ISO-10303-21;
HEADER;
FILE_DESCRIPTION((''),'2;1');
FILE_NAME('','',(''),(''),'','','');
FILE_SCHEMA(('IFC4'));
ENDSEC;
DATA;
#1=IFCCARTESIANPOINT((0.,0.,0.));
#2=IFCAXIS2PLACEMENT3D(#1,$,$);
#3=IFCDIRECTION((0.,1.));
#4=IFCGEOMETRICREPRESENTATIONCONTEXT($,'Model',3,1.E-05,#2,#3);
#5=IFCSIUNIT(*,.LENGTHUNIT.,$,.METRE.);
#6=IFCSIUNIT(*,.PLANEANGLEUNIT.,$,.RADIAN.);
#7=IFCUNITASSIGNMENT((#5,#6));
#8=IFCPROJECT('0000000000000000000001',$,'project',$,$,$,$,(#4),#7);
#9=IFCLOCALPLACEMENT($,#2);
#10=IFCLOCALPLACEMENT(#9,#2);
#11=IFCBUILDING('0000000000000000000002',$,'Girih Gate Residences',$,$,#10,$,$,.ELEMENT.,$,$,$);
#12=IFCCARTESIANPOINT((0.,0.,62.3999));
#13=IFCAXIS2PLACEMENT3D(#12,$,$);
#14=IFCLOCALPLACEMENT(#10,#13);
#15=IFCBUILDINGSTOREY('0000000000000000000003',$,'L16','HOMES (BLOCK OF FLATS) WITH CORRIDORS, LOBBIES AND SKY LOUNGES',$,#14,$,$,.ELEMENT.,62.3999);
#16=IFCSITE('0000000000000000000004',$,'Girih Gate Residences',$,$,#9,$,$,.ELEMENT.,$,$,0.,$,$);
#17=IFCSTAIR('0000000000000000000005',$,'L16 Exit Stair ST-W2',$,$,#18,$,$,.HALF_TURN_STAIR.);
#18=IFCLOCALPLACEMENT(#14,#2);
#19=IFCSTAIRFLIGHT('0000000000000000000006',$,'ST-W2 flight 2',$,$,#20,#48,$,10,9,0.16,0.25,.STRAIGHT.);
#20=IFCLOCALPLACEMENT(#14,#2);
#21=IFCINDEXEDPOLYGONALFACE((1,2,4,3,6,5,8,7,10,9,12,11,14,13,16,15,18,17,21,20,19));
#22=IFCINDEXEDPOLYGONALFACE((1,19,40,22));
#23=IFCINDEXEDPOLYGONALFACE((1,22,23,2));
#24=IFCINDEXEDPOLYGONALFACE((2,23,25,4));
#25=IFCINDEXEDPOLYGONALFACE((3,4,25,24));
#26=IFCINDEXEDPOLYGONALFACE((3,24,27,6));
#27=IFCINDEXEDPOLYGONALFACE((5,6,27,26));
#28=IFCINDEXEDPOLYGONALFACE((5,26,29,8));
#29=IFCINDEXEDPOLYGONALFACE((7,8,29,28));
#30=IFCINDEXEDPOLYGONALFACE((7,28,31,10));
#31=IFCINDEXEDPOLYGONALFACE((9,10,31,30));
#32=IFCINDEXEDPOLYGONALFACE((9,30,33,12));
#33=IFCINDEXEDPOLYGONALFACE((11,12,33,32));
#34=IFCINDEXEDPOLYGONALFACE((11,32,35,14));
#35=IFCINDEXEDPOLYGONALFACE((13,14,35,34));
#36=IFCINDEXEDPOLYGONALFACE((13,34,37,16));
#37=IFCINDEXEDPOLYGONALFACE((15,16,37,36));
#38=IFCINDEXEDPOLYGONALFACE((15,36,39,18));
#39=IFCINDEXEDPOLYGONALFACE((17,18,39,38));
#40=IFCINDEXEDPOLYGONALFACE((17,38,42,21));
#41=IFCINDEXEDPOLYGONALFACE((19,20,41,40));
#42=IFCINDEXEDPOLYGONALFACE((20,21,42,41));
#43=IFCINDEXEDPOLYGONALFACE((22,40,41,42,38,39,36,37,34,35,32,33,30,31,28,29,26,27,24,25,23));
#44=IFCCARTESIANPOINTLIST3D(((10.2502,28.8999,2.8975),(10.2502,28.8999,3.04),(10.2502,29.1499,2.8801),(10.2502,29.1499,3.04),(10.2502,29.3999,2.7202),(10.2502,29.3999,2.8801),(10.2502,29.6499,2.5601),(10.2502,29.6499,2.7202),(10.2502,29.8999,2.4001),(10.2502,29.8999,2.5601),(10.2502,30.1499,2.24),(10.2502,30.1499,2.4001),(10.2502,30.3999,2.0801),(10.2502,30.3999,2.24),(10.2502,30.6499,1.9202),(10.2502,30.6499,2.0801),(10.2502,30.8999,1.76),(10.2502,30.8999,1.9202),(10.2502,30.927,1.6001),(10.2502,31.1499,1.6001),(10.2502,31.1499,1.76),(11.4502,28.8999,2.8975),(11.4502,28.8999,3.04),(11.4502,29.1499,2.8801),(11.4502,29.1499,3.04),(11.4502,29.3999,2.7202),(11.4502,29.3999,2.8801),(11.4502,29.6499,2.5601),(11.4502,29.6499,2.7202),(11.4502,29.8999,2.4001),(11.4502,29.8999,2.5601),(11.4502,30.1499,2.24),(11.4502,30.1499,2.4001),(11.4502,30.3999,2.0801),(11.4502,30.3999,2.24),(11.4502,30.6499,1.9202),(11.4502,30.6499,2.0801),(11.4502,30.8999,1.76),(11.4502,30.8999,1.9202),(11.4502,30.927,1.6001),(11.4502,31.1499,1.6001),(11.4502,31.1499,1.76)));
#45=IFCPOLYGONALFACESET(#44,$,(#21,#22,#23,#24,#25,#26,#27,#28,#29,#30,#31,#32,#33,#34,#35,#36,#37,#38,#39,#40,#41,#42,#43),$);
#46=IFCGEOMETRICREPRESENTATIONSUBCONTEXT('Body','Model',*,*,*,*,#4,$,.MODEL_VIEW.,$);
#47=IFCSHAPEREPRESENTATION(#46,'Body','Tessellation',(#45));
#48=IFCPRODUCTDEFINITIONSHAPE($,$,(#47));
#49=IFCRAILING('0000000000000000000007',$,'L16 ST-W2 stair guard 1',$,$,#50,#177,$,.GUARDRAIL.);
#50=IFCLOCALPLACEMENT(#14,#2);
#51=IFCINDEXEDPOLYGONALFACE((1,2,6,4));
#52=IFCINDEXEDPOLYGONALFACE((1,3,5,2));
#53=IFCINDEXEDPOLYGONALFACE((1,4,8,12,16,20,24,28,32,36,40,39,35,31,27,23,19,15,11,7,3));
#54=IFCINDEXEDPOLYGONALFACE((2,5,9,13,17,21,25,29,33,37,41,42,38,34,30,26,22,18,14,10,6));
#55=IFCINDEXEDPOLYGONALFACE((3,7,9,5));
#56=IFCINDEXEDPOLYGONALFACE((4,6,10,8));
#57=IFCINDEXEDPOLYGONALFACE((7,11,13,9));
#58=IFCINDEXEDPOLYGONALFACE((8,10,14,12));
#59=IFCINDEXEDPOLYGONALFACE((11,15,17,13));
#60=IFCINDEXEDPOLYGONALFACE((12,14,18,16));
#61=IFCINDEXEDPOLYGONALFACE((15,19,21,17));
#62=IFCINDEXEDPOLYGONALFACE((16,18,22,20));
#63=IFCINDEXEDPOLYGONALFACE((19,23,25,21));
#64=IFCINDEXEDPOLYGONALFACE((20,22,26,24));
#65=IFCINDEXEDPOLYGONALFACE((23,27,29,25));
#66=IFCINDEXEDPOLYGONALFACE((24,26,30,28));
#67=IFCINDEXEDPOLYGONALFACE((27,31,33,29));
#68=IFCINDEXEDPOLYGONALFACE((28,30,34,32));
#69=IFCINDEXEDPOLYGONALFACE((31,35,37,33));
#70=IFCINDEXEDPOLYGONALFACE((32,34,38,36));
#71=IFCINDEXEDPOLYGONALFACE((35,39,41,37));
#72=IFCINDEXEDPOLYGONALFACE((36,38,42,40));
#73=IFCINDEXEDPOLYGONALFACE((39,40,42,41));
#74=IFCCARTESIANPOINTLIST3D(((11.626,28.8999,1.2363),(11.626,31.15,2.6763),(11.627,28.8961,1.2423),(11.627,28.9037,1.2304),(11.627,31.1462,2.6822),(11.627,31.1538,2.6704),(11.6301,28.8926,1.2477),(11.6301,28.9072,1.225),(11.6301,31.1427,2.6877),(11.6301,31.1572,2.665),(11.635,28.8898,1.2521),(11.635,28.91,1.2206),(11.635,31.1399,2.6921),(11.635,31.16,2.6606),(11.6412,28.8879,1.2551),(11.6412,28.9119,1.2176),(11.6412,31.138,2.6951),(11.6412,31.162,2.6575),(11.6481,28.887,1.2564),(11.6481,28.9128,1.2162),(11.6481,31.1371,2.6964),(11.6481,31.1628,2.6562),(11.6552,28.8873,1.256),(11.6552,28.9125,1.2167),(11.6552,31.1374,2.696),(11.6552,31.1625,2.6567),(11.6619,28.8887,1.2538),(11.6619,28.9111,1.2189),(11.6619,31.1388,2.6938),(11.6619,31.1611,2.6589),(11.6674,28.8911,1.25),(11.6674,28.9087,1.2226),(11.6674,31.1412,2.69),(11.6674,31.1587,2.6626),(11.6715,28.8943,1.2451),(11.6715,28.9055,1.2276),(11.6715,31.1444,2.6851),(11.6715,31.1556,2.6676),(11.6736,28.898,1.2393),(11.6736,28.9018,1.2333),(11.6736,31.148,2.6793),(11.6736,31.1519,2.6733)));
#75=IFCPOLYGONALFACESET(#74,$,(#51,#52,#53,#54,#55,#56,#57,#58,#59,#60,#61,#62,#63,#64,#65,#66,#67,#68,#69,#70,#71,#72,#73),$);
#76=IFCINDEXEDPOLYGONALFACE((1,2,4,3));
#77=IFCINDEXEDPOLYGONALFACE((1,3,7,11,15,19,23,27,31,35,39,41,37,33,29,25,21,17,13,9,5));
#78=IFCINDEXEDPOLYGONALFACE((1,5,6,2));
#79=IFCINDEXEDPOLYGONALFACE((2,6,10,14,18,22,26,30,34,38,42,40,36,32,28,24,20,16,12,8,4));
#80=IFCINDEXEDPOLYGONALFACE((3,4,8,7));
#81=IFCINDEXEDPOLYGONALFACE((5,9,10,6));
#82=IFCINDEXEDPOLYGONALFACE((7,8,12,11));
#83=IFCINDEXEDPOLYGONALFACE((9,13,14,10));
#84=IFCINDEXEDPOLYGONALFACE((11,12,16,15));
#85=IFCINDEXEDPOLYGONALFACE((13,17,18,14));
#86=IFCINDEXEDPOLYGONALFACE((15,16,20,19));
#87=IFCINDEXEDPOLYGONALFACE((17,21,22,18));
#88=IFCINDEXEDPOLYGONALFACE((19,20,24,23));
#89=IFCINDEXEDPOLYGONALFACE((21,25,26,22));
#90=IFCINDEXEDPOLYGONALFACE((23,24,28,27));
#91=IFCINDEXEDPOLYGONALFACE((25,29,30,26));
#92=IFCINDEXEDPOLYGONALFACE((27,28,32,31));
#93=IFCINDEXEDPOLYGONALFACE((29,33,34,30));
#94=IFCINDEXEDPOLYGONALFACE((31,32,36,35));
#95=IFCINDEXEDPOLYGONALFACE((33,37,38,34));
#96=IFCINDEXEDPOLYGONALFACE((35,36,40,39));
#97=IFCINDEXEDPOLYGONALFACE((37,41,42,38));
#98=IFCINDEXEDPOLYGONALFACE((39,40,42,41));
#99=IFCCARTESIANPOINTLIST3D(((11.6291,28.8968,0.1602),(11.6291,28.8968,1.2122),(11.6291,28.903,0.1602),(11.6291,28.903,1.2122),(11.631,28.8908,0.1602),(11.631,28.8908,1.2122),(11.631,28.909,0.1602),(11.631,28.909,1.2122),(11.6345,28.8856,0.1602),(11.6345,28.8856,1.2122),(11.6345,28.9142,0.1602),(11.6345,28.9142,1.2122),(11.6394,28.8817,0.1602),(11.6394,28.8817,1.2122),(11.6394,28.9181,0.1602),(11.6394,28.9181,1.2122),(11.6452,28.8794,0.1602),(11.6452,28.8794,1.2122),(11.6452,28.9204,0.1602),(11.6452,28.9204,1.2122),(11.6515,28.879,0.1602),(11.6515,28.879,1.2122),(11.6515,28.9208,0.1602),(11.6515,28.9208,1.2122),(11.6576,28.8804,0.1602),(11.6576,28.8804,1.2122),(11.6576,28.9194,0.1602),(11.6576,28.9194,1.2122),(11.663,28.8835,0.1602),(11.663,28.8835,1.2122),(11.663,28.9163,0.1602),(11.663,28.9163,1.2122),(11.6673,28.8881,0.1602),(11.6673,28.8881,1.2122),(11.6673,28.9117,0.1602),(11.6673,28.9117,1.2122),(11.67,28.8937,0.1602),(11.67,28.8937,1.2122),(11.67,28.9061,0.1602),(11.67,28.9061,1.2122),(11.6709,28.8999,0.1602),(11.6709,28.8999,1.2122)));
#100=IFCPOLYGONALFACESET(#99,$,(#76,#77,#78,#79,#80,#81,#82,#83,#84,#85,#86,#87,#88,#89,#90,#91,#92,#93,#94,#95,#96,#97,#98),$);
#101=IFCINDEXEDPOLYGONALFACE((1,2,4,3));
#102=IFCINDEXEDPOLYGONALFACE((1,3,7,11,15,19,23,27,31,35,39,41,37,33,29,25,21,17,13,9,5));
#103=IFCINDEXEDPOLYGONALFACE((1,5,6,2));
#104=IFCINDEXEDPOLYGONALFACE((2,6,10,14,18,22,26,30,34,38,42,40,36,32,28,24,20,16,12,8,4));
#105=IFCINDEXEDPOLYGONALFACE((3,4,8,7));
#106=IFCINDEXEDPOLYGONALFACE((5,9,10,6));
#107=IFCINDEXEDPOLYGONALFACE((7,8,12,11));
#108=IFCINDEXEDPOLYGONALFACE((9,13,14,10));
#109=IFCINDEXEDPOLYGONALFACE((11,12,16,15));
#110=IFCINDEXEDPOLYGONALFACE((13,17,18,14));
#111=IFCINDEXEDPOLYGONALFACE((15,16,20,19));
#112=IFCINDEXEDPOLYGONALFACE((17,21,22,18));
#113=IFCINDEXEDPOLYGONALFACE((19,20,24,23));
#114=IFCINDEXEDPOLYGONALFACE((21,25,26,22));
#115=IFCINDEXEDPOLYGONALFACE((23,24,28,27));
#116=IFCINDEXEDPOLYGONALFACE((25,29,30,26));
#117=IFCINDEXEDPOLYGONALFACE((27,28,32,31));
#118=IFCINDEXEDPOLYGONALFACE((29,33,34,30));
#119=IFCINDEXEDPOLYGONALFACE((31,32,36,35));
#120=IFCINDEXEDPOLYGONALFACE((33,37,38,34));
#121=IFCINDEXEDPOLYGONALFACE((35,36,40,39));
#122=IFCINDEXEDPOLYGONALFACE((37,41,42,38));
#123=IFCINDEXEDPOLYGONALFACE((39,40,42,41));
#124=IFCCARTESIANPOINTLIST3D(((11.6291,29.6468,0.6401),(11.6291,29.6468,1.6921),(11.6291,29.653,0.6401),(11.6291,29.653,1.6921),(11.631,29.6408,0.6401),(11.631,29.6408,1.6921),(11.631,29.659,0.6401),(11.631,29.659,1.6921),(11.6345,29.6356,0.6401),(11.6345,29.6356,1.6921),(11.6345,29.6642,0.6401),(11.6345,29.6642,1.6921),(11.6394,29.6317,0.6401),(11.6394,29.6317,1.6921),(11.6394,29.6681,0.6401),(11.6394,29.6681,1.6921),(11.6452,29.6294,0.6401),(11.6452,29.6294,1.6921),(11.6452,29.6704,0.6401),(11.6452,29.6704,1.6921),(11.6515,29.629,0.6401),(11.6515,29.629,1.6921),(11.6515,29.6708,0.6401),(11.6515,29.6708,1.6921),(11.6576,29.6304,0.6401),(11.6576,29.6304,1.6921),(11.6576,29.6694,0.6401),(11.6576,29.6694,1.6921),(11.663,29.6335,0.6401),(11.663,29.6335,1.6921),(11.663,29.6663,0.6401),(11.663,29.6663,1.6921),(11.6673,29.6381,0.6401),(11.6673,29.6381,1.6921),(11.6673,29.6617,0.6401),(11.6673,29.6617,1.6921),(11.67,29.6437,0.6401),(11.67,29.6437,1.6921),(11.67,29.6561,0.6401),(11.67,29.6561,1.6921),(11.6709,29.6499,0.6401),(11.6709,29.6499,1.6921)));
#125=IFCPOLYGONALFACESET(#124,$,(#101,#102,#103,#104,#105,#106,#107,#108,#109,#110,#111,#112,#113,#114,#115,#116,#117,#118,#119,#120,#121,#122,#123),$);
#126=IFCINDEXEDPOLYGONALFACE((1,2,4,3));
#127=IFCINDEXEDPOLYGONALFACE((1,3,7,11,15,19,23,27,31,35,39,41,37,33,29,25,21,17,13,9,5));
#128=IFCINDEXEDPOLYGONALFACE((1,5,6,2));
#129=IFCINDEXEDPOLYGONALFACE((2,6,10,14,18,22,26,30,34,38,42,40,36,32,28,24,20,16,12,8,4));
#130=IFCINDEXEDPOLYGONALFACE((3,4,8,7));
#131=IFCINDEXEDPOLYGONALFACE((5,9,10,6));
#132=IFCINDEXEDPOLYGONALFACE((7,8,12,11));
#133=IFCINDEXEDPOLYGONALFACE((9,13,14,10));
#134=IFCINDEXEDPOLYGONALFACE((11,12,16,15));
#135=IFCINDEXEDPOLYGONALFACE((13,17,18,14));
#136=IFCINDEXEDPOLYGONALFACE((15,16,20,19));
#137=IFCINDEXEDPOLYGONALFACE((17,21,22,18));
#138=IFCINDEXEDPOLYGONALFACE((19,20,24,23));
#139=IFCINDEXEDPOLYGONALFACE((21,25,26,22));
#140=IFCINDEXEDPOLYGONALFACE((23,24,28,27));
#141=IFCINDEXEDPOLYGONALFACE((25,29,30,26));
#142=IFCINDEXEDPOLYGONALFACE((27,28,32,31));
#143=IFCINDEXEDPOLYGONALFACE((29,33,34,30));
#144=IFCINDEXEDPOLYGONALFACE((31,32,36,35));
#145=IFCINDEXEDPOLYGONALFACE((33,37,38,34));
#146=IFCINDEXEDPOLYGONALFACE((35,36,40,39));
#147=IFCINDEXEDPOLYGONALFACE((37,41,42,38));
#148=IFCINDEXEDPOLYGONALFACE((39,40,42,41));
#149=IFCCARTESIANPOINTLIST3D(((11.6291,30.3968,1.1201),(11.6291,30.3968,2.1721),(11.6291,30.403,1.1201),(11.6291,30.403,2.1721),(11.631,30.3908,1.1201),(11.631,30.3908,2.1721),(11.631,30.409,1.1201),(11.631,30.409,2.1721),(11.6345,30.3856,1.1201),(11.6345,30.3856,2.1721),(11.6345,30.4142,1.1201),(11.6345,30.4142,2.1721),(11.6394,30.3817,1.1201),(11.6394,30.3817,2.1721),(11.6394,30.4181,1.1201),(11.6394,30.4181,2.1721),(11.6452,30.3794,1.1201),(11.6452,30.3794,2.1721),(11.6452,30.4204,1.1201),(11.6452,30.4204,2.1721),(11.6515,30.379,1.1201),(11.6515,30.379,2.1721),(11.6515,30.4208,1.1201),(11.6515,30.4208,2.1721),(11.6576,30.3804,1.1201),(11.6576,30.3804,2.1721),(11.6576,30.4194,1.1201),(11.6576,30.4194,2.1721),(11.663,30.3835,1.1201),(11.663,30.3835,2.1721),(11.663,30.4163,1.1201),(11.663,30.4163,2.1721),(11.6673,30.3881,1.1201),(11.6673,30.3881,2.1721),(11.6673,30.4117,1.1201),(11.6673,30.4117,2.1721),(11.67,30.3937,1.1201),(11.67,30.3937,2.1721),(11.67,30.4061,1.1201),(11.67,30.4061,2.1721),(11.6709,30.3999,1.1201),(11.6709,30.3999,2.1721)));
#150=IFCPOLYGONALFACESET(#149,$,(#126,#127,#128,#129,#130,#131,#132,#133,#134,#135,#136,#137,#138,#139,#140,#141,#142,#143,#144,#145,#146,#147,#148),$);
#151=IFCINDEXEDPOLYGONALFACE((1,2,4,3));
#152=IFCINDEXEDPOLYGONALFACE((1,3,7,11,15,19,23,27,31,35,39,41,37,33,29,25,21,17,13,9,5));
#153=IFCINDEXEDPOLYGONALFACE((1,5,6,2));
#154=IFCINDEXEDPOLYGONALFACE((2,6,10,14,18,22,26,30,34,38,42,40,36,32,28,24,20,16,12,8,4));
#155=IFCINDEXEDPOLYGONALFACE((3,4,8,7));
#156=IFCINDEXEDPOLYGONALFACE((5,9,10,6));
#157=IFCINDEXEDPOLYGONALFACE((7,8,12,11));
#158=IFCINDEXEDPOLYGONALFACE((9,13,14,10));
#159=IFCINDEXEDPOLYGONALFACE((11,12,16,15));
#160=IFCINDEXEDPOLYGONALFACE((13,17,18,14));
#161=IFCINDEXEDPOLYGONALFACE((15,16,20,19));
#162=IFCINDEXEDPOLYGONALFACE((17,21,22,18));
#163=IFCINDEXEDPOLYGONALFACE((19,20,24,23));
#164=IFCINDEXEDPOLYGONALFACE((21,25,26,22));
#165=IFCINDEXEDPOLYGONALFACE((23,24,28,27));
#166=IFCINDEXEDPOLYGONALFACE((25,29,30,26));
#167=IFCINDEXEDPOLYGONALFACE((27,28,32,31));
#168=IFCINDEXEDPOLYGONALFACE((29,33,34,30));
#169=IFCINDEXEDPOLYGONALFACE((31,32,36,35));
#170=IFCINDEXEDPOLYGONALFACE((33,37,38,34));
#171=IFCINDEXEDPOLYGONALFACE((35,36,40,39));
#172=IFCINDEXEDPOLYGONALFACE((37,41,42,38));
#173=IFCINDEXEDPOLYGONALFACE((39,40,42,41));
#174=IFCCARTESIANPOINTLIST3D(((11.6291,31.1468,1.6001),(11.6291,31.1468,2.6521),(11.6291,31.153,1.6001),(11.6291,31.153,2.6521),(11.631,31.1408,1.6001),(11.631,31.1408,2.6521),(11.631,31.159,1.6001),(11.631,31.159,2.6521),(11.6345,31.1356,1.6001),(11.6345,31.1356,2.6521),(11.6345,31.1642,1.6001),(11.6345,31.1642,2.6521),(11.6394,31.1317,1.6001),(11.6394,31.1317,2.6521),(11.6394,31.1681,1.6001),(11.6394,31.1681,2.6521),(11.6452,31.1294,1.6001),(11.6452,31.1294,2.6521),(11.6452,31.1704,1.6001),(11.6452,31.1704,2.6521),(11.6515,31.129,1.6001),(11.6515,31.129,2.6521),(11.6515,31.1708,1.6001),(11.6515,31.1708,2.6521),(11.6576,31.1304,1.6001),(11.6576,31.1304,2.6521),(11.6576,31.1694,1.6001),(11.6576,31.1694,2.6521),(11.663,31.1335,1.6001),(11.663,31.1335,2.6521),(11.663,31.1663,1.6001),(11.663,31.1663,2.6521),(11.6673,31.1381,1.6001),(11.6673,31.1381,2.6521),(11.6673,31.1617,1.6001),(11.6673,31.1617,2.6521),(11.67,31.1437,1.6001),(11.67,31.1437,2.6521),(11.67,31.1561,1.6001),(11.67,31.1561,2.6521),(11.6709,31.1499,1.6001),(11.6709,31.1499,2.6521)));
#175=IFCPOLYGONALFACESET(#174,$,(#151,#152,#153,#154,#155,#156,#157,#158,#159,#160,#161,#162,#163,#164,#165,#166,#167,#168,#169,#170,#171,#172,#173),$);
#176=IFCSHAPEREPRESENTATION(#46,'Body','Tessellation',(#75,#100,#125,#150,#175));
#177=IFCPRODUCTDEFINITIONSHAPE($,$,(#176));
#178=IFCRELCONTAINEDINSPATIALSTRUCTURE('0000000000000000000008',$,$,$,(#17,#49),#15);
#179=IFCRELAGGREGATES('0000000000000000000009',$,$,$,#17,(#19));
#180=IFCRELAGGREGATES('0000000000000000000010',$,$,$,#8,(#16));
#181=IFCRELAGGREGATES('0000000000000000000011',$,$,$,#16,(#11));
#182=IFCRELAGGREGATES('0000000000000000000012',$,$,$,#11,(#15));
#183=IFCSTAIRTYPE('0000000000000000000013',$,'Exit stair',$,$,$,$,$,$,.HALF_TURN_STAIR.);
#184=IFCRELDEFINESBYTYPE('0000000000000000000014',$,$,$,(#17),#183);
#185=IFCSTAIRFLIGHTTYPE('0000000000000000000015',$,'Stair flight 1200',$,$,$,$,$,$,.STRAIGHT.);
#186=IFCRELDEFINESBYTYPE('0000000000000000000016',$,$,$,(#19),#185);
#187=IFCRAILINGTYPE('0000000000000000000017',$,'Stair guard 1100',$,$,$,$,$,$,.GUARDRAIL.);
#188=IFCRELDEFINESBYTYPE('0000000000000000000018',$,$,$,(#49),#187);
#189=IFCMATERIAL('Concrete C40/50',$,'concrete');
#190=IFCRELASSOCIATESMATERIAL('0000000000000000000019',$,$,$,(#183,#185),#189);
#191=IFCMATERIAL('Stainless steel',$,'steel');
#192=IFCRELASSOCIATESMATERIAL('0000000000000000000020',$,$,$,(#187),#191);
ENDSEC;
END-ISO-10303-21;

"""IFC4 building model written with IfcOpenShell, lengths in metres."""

from ifc_helpers import new_model, si_unit, direction, frame, origin, origin_2d, place, context, subcontext, project, spatial, polyline, circle, outline, extrude, material, type_object, element, aggregate, save


model = new_model("IFC4")

# Units and contexts
model_context = context("Model", 3, precision=1e-05, world=origin(), true_north=direction((0.0, 1.0)))
body_context = subcontext(model_context, "Body", "Model", "MODEL_VIEW")
ifc_project = project(units=[si_unit("LENGTHUNIT", "METRE"), si_unit("PLANEANGLEUNIT", "RADIAN")], contexts=[model_context])

# Site, building, storey
site_placement = place(None, origin())
site = spatial("IfcSite", under=ifc_project, at=site_placement, Name="Girih Gate Residences", CompositionType="ELEMENT", RefElevation=0.0)
building_placement = place(site_placement, origin())
building = spatial("IfcBuilding", under=site, at=building_placement, Name="Girih Gate Residences", CompositionType="ELEMENT")
storey_placement = place(building_placement, frame((0.0, 0.0, 62.3999)))
storey = spatial("IfcBuildingStorey", under=building, at=storey_placement, Name="L16", Description="HOMES (BLOCK OF FLATS) WITH CORRIDORS, LOBBIES AND SKY LOUNGES", CompositionType="ELEMENT", Elevation=62.3999)

# Shared definitions
ifc_material_1 = material(Name="Concrete C40/50", Category="concrete")

# Stair, stair flight
stair_type = type_object("IfcStairType", Name="Exit stair", PredefinedType="HALF_TURN_STAIR", material=ifc_material_1)
stair_placement = place(storey_placement, origin())
stair = element("IfcStair", 1, at=stair_placement, inside=storey, type_object=stair_type, Name="L16 Exit Stair ST-W2", PredefinedType="HALF_TURN_STAIR")
stair_flight_type = type_object("IfcStairFlightType", Name="Stair flight 1200", PredefinedType="STRAIGHT", material=ifc_material_1)
stair_flight_1_placement = place(storey_placement, frame((10.8501, 31.1499, 1.6001), z_axis=(0.0, 0.0, 1.0), x_axis=(0.0, -1.0, 0.0)))
stair_flight_1 = element("IfcStairFlight", 2, at=stair_flight_1_placement, type_object=stair_flight_type, Name="ST-W2 flight 2", NumberOfRisers=10, NumberOfTreads=9, PredefinedType="STRAIGHT", RiserHeight=0.16, TreadLength=0.25, context=body_context, shape_type="SweptSolid", body=[
    extrude(outline(polyline([(0.0, 0.0), (0.0, 0.1599), (0.25, 0.1599), (0.25, 0.3201), (0.5, 0.3201), (0.5, 0.48), (0.75, 0.48), (0.75, 0.6399), (1.0, 0.6399), (1.0, 0.8), (1.25, 0.8), (1.25, 0.96), (1.5, 0.96), (1.5, 1.1201), (1.75, 1.1201), (1.75, 1.28), (2.0, 1.28), (2.0, 1.4399), (2.25, 1.4399), (2.25, 1.6001), (2.25, 1.2974), (0.2229, 0.0), (0.0, 0.0)])), frame((0.0, 0.6001, 0.0), z_axis=(0.0, -1.0, 0.0), x_axis=(1.0, 0.0, 0.0)), (0.0, 0.0, 1.0), 1.2),
])
aggregate(stair, [stair_flight_1])

# Railing
ifc_material_2 = material(Name="Stainless steel", Category="steel")
railing_type_1 = type_object("IfcRailingType", Name="Stair guard 1100", PredefinedType="GUARDRAIL", material=ifc_material_2)
railing_1_placement = place(storey_placement, frame((11.6499, 28.8999, 0.1602)))
element("IfcRailing", 3, at=railing_1_placement, inside=storey, type_object=railing_type_1, Name="L16 ST-W2 stair guard 1", PredefinedType="GUARDRAIL", context=body_context, shape_type="SweptSolid", body=[
    extrude(circle(Radius=0.0239, at=origin_2d()), frame((0.0, 0.0, 1.0762), z_axis=(0.0, 0.842281, 0.539038), x_axis=(-1.0, 0.0, 0.0)), (0.0, 0.0, 1.0), 2.6714),
    extrude(circle(Radius=0.021, at=origin_2d()), origin(), (0.0, 0.0, 1.0), 1.052),
    extrude(circle(Radius=0.021, at=origin_2d()), frame((0.0, 0.75, 0.48)), (0.0, 0.0, 1.0), 1.052),
    extrude(circle(Radius=0.021, at=origin_2d()), frame((0.0, 1.5, 0.96)), (0.0, 0.0, 1.0), 1.052),
    extrude(circle(Radius=0.021, at=origin_2d()), frame((0.0, 2.25, 1.4399)), (0.0, 0.0, 1.0), 1.052),
])

save(model, "model.ifc")
